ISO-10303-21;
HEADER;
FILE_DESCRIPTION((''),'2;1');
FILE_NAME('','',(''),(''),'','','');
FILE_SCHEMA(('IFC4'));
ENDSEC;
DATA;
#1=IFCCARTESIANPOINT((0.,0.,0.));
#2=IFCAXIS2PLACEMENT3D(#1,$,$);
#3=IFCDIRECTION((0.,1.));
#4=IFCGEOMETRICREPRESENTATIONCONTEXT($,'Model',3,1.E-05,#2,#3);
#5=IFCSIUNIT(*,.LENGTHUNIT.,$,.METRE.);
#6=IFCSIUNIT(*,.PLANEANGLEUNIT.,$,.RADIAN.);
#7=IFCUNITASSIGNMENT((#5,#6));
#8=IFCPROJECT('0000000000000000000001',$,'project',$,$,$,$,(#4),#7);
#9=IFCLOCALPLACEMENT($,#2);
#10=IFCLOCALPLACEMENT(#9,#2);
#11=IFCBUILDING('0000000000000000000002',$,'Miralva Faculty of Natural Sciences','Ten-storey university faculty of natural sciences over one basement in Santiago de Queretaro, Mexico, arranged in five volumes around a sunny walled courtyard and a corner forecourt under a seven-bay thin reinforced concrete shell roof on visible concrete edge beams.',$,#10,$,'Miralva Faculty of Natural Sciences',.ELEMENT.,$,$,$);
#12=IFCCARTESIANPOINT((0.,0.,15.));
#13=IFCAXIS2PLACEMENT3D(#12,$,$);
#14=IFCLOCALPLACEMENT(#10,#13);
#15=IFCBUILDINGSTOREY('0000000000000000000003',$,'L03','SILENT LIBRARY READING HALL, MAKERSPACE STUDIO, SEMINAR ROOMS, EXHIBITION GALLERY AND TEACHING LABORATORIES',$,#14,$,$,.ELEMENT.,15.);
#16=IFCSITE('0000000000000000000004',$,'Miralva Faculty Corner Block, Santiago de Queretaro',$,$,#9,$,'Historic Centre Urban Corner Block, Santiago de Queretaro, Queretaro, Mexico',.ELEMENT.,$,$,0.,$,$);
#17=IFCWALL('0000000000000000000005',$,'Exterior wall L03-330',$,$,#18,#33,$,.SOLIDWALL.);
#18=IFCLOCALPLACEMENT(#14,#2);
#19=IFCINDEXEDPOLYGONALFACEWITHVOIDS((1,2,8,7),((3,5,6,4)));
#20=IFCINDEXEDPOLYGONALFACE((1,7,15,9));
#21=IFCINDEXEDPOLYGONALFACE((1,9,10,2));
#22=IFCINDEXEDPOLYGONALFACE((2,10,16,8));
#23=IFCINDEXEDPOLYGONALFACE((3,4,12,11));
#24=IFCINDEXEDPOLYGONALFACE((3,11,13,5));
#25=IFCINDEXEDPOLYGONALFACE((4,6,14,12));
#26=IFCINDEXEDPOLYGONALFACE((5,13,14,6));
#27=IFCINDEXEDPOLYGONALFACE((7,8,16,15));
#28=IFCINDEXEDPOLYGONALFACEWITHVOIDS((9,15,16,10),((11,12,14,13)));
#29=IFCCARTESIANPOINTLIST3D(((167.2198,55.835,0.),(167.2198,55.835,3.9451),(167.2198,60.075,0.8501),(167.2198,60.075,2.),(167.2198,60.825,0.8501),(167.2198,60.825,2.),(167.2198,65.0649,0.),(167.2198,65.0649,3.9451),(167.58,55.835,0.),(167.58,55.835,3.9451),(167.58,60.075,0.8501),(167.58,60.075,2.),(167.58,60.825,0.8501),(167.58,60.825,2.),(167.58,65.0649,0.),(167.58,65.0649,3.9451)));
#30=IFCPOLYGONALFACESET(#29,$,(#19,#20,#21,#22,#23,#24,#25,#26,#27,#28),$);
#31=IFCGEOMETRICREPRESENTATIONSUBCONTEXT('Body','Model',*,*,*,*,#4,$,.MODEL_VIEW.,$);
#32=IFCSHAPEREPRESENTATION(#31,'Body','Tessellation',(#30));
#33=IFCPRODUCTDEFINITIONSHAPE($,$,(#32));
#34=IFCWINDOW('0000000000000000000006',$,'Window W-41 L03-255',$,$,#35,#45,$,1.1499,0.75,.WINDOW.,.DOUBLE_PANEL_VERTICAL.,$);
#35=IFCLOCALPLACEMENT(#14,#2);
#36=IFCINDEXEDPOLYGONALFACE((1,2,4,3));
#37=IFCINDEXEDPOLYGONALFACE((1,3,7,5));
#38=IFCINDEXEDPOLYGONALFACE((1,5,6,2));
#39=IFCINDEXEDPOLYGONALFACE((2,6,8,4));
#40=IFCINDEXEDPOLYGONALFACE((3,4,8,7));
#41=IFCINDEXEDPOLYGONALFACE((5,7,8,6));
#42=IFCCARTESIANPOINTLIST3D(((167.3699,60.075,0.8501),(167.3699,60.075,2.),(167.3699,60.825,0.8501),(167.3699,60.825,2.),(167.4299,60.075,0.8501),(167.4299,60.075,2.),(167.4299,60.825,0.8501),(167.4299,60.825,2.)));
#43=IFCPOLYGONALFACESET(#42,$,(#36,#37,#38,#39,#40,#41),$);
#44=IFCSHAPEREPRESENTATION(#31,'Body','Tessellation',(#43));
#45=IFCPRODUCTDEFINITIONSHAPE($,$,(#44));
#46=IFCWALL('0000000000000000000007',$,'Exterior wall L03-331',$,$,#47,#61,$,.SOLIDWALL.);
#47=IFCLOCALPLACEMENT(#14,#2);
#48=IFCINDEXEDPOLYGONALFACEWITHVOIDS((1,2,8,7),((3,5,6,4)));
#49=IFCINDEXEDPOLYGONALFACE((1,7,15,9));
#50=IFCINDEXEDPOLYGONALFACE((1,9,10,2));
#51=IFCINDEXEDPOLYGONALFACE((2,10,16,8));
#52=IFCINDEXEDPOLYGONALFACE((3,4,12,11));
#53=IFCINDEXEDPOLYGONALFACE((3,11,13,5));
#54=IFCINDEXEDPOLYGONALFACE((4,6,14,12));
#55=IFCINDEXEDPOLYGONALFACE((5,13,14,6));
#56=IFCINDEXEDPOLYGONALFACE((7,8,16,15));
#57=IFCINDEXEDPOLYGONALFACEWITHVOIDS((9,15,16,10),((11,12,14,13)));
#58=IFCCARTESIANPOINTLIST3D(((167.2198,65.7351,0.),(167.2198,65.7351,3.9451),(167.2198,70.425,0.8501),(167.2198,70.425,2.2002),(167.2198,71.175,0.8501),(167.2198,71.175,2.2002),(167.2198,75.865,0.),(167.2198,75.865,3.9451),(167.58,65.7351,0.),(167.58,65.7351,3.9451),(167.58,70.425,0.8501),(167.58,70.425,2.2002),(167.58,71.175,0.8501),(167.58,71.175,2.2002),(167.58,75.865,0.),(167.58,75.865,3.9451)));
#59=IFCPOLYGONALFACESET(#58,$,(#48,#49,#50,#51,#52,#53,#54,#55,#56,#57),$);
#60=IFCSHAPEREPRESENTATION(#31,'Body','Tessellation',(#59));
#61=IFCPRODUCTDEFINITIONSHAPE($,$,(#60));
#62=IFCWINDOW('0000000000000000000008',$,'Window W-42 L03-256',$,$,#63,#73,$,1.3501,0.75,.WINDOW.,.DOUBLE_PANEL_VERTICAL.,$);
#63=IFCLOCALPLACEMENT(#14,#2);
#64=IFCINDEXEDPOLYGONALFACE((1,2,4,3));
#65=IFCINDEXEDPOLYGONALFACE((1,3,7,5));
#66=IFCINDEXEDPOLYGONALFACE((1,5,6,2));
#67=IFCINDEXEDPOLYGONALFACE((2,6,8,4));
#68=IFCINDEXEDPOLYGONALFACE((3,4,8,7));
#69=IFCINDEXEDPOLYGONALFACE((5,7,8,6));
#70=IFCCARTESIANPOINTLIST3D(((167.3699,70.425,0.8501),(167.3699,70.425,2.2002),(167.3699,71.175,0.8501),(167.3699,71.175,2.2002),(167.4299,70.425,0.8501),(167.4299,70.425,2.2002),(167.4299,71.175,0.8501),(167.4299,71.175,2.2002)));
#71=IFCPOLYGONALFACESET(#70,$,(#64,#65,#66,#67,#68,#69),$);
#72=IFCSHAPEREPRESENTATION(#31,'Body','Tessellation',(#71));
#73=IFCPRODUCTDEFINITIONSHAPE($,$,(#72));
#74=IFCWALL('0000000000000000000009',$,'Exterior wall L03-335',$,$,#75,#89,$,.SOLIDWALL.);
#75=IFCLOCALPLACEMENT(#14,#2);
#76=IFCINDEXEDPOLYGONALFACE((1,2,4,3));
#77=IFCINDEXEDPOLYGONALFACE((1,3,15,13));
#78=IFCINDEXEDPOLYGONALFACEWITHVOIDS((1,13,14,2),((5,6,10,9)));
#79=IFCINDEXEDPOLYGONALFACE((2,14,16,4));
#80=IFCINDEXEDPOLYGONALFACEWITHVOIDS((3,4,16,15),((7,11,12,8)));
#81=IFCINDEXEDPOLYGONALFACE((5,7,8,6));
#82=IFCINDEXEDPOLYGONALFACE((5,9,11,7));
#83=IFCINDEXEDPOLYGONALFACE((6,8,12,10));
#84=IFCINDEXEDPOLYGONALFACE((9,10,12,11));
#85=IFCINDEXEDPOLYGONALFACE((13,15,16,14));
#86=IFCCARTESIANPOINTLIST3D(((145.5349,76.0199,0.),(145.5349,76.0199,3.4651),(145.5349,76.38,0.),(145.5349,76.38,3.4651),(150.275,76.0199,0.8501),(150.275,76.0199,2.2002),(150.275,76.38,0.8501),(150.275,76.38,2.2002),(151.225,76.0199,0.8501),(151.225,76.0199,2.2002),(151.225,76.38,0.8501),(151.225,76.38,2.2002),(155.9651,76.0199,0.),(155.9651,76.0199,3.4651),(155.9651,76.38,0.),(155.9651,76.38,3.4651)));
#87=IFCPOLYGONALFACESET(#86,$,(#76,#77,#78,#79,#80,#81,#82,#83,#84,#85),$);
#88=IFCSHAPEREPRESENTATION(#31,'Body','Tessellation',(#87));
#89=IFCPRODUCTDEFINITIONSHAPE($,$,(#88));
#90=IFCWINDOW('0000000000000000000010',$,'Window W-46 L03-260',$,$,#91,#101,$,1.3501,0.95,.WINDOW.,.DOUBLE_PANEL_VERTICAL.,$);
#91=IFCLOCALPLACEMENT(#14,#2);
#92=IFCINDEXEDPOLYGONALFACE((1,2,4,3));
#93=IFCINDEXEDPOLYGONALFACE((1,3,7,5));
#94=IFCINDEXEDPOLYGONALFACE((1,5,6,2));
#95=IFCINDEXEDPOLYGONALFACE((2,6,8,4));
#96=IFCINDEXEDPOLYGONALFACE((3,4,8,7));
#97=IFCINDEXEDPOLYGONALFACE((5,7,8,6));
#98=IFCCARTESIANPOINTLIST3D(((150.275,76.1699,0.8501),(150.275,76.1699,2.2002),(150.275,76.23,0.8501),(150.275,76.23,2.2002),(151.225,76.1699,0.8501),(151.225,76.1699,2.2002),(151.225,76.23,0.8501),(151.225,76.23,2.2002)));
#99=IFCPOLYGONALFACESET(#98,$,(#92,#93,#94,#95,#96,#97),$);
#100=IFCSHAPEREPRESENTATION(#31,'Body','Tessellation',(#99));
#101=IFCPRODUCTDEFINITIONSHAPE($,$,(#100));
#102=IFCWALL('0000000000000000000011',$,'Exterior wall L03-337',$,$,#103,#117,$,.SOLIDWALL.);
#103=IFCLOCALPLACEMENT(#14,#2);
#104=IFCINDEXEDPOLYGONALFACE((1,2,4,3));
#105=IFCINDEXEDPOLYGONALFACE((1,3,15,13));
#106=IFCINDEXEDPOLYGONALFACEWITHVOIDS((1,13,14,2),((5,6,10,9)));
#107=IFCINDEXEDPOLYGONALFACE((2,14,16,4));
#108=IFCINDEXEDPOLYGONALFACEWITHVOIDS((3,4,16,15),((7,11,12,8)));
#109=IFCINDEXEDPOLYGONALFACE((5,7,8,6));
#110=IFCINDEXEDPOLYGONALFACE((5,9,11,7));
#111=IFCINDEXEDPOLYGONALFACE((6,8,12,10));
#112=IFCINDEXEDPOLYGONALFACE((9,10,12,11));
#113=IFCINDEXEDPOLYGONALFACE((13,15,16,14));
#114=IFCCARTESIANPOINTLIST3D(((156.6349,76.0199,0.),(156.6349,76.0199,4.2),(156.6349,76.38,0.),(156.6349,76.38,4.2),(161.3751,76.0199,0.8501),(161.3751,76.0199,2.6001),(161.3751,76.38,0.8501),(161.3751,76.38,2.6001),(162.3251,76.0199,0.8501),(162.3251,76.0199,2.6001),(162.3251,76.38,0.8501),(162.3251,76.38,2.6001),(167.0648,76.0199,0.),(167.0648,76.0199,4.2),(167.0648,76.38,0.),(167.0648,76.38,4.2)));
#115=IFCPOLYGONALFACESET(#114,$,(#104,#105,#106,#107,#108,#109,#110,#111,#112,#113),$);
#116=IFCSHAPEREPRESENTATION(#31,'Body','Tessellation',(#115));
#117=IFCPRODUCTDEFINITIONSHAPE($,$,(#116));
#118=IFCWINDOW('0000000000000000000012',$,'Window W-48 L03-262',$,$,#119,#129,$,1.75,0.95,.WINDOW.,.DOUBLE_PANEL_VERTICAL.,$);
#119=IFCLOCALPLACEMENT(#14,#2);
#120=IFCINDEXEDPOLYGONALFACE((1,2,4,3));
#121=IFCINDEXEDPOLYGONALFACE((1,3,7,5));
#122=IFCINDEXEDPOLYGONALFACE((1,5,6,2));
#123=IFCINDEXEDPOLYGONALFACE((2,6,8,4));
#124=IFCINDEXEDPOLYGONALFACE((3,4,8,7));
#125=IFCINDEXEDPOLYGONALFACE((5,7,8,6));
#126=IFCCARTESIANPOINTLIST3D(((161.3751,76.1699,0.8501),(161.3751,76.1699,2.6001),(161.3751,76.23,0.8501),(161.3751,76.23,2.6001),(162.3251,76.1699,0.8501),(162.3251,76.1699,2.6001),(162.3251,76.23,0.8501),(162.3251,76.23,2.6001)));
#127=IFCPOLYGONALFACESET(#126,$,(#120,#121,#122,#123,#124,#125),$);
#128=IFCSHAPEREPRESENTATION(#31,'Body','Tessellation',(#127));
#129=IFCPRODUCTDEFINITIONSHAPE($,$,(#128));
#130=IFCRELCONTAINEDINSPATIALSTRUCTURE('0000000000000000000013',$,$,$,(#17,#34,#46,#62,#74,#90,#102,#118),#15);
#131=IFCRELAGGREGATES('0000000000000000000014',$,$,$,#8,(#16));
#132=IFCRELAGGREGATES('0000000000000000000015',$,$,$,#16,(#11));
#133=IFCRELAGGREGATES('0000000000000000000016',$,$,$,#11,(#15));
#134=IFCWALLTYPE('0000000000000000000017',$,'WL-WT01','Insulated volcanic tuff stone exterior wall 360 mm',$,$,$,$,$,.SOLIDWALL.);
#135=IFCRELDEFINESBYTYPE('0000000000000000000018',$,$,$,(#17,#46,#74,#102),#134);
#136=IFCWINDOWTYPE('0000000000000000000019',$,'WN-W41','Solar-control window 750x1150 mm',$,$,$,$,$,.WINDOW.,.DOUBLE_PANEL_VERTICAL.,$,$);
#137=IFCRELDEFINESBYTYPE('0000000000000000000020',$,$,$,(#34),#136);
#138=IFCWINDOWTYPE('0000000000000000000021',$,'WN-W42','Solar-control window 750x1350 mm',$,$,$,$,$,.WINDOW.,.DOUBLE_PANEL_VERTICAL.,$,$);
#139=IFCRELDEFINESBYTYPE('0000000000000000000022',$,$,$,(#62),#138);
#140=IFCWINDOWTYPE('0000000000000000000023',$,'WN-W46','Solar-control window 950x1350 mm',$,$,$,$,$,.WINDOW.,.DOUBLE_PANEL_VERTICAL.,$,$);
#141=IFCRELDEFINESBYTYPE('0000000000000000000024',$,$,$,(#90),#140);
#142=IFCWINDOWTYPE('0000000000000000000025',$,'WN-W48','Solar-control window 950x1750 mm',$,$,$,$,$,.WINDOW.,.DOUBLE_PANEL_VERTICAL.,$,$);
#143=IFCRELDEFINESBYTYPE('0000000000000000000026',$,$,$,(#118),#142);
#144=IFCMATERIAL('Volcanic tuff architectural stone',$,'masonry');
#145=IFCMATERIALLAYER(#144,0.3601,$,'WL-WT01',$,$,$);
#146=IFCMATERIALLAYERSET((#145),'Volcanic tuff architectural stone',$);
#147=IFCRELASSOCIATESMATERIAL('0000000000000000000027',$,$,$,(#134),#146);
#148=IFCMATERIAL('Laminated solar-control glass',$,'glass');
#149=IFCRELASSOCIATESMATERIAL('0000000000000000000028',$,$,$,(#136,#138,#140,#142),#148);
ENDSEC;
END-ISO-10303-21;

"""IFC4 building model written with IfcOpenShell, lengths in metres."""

from ifc_helpers import new_model, si_unit, direction, frame, frame_2d, origin, place, context, subcontext, project, spatial, rectangle, extrude, material, layer, layer_set, type_object, element, fill, save


model = new_model("IFC4")

# Units and contexts
model_context = context("Model", 3, precision=1e-05, world=origin(), true_north=direction((0.0, 1.0)))
body_context = subcontext(model_context, "Body", "Model", "MODEL_VIEW")
ifc_project = project(units=[si_unit("LENGTHUNIT", "METRE"), si_unit("PLANEANGLEUNIT", "RADIAN")], contexts=[model_context])

# Site, building, storey
site_placement = place(None, origin())
site = spatial("IfcSite", under=ifc_project, at=site_placement, Name="Miralva Faculty Corner Block, Santiago de Queretaro", LongName="Historic Centre Urban Corner Block, Santiago de Queretaro, Queretaro, Mexico", CompositionType="ELEMENT", RefElevation=0.0)
building_placement = place(site_placement, origin())
building = spatial("IfcBuilding", under=site, at=building_placement, Name="Miralva Faculty of Natural Sciences", Description="Ten-storey university faculty of natural sciences over one basement in Santiago de Queretaro, Mexico, arranged in five volumes around a sunny walled courtyard and a corner forecourt under a seven-bay thin reinforced concrete shell roof on visible concrete edge beams.", LongName="Miralva Faculty of Natural Sciences", CompositionType="ELEMENT")
storey_placement = place(building_placement, frame((0.0, 0.0, 15.0)))
storey = spatial("IfcBuildingStorey", under=building, at=storey_placement, Name="L03", Description="SILENT LIBRARY READING HALL, MAKERSPACE STUDIO, SEMINAR ROOMS, EXHIBITION GALLERY AND TEACHING LABORATORIES", CompositionType="ELEMENT", Elevation=15.0)

# Walls, openings, windows
ifc_material_1 = material(Name="Volcanic tuff architectural stone", Category="masonry")
ifc_layer_1 = layer(ifc_material_1, 0.3601, Name="WL-WT01")
ifc_layer_set_1 = layer_set([ifc_layer_1], Name="Volcanic tuff architectural stone")
wall_type_1 = type_object("IfcWallType", Name="WL-WT01", Description="Insulated volcanic tuff stone exterior wall 360 mm", PredefinedType="SOLIDWALL", material=ifc_layer_set_1)
wall_1_placement = place(storey_placement, frame((167.3999, 55.835, 0.0), z_axis=(0.0, 0.0, 1.0), x_axis=(0.0, 1.0, 0.0)))
wall_1 = element("IfcWall", 1, at=wall_1_placement, inside=storey, type_object=wall_type_1, Name="Exterior wall L03-330", PredefinedType="SOLIDWALL", context=body_context, shape_type="SweptSolid", body=[
    extrude(rectangle(XDim=9.23, YDim=0.3601, at=frame_2d((4.615, 0.0))), origin(), (0.0, 0.0, 1.0), 3.9451),
])
opening_1_placement = place(wall_1_placement, frame((4.24, 0.0, 0.8501)))
opening_1 = element("IfcOpeningElement", 2, at=opening_1_placement, cuts=wall_1, PredefinedType="OPENING", context=body_context, shape_type="SweptSolid", body=[
    extrude(rectangle(XDim=0.75, YDim=1.1499, at=frame_2d((0.375, 0.575))), frame((0.0, 0.1899, 0.0), z_axis=(0.0, -1.0, 0.0), x_axis=(1.0, 0.0, 0.0)), (0.0, 0.0, 1.0), 0.3801),
])
ifc_material_2 = material(Name="Laminated solar-control glass", Category="glass")
window_type_1 = type_object("IfcWindowType", Name="WN-W41", Description="Solar-control window 750x1150 mm", PartitioningType="DOUBLE_PANEL_VERTICAL", PredefinedType="WINDOW", material=ifc_material_2)
window_1_placement = place(opening_1_placement, frame((0.75, 0.0, 0.0), z_axis=(0.0, 0.0, 1.0), x_axis=(-1.0, 0.0, 0.0)))
window_1 = element("IfcWindow", 3, at=window_1_placement, inside=storey, type_object=window_type_1, Name="Window W-41 L03-255", OverallHeight=1.1499, OverallWidth=0.75, PartitioningType="DOUBLE_PANEL_VERTICAL", PredefinedType="WINDOW", context=body_context, shape_type="SweptSolid", body=[
    extrude(rectangle(XDim=0.75, YDim=1.1499, at=frame_2d((0.375, 0.575))), frame((0.0, 0.03, 0.0), z_axis=(0.0, -1.0, 0.0), x_axis=(1.0, 0.0, 0.0)), (0.0, 0.0, 1.0), 0.0601),
])
fill(opening_1, window_1)
wall_2_placement = place(storey_placement, frame((167.3999, 65.7351, 0.0), z_axis=(0.0, 0.0, 1.0), x_axis=(0.0, 1.0, 0.0)))
wall_2 = element("IfcWall", 4, at=wall_2_placement, inside=storey, type_object=wall_type_1, Name="Exterior wall L03-331", PredefinedType="SOLIDWALL", context=body_context, shape_type="SweptSolid", body=[
    extrude(rectangle(XDim=10.1299, YDim=0.3601, at=frame_2d((5.0649, 0.0))), origin(), (0.0, 0.0, 1.0), 3.9451),
])
opening_2_placement = place(wall_2_placement, frame((4.6899, 0.0, 0.8501)))
opening_2 = element("IfcOpeningElement", 5, at=opening_2_placement, cuts=wall_2, PredefinedType="OPENING", context=body_context, shape_type="SweptSolid", body=[
    extrude(rectangle(XDim=0.75, YDim=1.3501, at=frame_2d((0.375, 0.675))), frame((0.0, 0.1899, 0.0), z_axis=(0.0, -1.0, 0.0), x_axis=(1.0, 0.0, 0.0)), (0.0, 0.0, 1.0), 0.3801),
])
window_type_2 = type_object("IfcWindowType", Name="WN-W42", Description="Solar-control window 750x1350 mm", PartitioningType="DOUBLE_PANEL_VERTICAL", PredefinedType="WINDOW", material=ifc_material_2)
window_2_placement = place(opening_2_placement, frame((0.75, 0.0, 0.0), z_axis=(0.0, 0.0, 1.0), x_axis=(-1.0, 0.0, 0.0)))
window_2 = element("IfcWindow", 6, at=window_2_placement, inside=storey, type_object=window_type_2, Name="Window W-42 L03-256", OverallHeight=1.3501, OverallWidth=0.75, PartitioningType="DOUBLE_PANEL_VERTICAL", PredefinedType="WINDOW", context=body_context, shape_type="SweptSolid", body=[
    extrude(rectangle(XDim=0.75, YDim=1.3501, at=frame_2d((0.375, 0.675))), frame((0.0, 0.03, 0.0), z_axis=(0.0, -1.0, 0.0), x_axis=(1.0, 0.0, 0.0)), (0.0, 0.0, 1.0), 0.0601),
])
fill(opening_2, window_2)
wall_3_placement = place(storey_placement, frame((145.5349, 76.2, 0.0), z_axis=(0.0, 0.0, 1.0), x_axis=(1.0, 0.0, 0.0)))
wall_3 = element("IfcWall", 7, at=wall_3_placement, inside=storey, type_object=wall_type_1, Name="Exterior wall L03-335", PredefinedType="SOLIDWALL", context=body_context, shape_type="SweptSolid", body=[
    extrude(rectangle(XDim=10.4302, YDim=0.3601, at=frame_2d((5.2151, 0.0))), origin(), (0.0, 0.0, 1.0), 3.4651),
])
opening_3_placement = place(wall_3_placement, frame((4.74, 0.0, 0.8501)))
opening_3 = element("IfcOpeningElement", 8, at=opening_3_placement, cuts=wall_3, PredefinedType="OPENING", context=body_context, shape_type="SweptSolid", body=[
    extrude(rectangle(XDim=0.95, YDim=1.3501, at=frame_2d((0.4751, 0.675))), frame((0.0, 0.1899, 0.0), z_axis=(0.0, -1.0, 0.0), x_axis=(1.0, 0.0, 0.0)), (0.0, 0.0, 1.0), 0.3801),
])
window_type_3 = type_object("IfcWindowType", Name="WN-W46", Description="Solar-control window 950x1350 mm", PartitioningType="DOUBLE_PANEL_VERTICAL", PredefinedType="WINDOW", material=ifc_material_2)
window_3_placement = place(opening_3_placement, origin())
window_3 = element("IfcWindow", 9, at=window_3_placement, inside=storey, type_object=window_type_3, Name="Window W-46 L03-260", OverallHeight=1.3501, OverallWidth=0.95, PartitioningType="DOUBLE_PANEL_VERTICAL", PredefinedType="WINDOW", context=body_context, shape_type="SweptSolid", body=[
    extrude(rectangle(XDim=0.95, YDim=1.3501, at=frame_2d((0.4751, 0.675))), frame((0.0, 0.03, 0.0), z_axis=(0.0, -1.0, 0.0), x_axis=(1.0, 0.0, 0.0)), (0.0, 0.0, 1.0), 0.0601),
])
fill(opening_3, window_3)
wall_4_placement = place(storey_placement, frame((156.635, 76.2, 0.0), z_axis=(0.0, 0.0, 1.0), x_axis=(1.0, 0.0, 0.0)))
wall_4 = element("IfcWall", 10, at=wall_4_placement, inside=storey, type_object=wall_type_1, Name="Exterior wall L03-337", PredefinedType="SOLIDWALL", context=body_context, shape_type="SweptSolid", body=[
    extrude(rectangle(XDim=10.4299, YDim=0.3601, at=frame_2d((5.2148, 0.0))), origin(), (0.0, 0.0, 1.0), 4.2),
])
opening_4_placement = place(wall_4_placement, frame((4.74, 0.0, 0.8501)))
opening_4 = element("IfcOpeningElement", 11, at=opening_4_placement, cuts=wall_4, PredefinedType="OPENING", context=body_context, shape_type="SweptSolid", body=[
    extrude(rectangle(XDim=0.95, YDim=1.75, at=frame_2d((0.4751, 0.875))), frame((0.0, 0.1899, 0.0), z_axis=(0.0, -1.0, 0.0), x_axis=(1.0, 0.0, 0.0)), (0.0, 0.0, 1.0), 0.3801),
])
window_type_4 = type_object("IfcWindowType", Name="WN-W48", Description="Solar-control window 950x1750 mm", PartitioningType="DOUBLE_PANEL_VERTICAL", PredefinedType="WINDOW", material=ifc_material_2)
window_4_placement = place(opening_4_placement, origin())
window_4 = element("IfcWindow", 12, at=window_4_placement, inside=storey, type_object=window_type_4, Name="Window W-48 L03-262", OverallHeight=1.75, OverallWidth=0.95, PartitioningType="DOUBLE_PANEL_VERTICAL", PredefinedType="WINDOW", context=body_context, shape_type="SweptSolid", body=[
    extrude(rectangle(XDim=0.95, YDim=1.75, at=frame_2d((0.4751, 0.875))), frame((0.0, 0.03, 0.0), z_axis=(0.0, -1.0, 0.0), x_axis=(1.0, 0.0, 0.0)), (0.0, 0.0, 1.0), 0.0601),
])
fill(opening_4, window_4)

save(model, "model.ifc")
